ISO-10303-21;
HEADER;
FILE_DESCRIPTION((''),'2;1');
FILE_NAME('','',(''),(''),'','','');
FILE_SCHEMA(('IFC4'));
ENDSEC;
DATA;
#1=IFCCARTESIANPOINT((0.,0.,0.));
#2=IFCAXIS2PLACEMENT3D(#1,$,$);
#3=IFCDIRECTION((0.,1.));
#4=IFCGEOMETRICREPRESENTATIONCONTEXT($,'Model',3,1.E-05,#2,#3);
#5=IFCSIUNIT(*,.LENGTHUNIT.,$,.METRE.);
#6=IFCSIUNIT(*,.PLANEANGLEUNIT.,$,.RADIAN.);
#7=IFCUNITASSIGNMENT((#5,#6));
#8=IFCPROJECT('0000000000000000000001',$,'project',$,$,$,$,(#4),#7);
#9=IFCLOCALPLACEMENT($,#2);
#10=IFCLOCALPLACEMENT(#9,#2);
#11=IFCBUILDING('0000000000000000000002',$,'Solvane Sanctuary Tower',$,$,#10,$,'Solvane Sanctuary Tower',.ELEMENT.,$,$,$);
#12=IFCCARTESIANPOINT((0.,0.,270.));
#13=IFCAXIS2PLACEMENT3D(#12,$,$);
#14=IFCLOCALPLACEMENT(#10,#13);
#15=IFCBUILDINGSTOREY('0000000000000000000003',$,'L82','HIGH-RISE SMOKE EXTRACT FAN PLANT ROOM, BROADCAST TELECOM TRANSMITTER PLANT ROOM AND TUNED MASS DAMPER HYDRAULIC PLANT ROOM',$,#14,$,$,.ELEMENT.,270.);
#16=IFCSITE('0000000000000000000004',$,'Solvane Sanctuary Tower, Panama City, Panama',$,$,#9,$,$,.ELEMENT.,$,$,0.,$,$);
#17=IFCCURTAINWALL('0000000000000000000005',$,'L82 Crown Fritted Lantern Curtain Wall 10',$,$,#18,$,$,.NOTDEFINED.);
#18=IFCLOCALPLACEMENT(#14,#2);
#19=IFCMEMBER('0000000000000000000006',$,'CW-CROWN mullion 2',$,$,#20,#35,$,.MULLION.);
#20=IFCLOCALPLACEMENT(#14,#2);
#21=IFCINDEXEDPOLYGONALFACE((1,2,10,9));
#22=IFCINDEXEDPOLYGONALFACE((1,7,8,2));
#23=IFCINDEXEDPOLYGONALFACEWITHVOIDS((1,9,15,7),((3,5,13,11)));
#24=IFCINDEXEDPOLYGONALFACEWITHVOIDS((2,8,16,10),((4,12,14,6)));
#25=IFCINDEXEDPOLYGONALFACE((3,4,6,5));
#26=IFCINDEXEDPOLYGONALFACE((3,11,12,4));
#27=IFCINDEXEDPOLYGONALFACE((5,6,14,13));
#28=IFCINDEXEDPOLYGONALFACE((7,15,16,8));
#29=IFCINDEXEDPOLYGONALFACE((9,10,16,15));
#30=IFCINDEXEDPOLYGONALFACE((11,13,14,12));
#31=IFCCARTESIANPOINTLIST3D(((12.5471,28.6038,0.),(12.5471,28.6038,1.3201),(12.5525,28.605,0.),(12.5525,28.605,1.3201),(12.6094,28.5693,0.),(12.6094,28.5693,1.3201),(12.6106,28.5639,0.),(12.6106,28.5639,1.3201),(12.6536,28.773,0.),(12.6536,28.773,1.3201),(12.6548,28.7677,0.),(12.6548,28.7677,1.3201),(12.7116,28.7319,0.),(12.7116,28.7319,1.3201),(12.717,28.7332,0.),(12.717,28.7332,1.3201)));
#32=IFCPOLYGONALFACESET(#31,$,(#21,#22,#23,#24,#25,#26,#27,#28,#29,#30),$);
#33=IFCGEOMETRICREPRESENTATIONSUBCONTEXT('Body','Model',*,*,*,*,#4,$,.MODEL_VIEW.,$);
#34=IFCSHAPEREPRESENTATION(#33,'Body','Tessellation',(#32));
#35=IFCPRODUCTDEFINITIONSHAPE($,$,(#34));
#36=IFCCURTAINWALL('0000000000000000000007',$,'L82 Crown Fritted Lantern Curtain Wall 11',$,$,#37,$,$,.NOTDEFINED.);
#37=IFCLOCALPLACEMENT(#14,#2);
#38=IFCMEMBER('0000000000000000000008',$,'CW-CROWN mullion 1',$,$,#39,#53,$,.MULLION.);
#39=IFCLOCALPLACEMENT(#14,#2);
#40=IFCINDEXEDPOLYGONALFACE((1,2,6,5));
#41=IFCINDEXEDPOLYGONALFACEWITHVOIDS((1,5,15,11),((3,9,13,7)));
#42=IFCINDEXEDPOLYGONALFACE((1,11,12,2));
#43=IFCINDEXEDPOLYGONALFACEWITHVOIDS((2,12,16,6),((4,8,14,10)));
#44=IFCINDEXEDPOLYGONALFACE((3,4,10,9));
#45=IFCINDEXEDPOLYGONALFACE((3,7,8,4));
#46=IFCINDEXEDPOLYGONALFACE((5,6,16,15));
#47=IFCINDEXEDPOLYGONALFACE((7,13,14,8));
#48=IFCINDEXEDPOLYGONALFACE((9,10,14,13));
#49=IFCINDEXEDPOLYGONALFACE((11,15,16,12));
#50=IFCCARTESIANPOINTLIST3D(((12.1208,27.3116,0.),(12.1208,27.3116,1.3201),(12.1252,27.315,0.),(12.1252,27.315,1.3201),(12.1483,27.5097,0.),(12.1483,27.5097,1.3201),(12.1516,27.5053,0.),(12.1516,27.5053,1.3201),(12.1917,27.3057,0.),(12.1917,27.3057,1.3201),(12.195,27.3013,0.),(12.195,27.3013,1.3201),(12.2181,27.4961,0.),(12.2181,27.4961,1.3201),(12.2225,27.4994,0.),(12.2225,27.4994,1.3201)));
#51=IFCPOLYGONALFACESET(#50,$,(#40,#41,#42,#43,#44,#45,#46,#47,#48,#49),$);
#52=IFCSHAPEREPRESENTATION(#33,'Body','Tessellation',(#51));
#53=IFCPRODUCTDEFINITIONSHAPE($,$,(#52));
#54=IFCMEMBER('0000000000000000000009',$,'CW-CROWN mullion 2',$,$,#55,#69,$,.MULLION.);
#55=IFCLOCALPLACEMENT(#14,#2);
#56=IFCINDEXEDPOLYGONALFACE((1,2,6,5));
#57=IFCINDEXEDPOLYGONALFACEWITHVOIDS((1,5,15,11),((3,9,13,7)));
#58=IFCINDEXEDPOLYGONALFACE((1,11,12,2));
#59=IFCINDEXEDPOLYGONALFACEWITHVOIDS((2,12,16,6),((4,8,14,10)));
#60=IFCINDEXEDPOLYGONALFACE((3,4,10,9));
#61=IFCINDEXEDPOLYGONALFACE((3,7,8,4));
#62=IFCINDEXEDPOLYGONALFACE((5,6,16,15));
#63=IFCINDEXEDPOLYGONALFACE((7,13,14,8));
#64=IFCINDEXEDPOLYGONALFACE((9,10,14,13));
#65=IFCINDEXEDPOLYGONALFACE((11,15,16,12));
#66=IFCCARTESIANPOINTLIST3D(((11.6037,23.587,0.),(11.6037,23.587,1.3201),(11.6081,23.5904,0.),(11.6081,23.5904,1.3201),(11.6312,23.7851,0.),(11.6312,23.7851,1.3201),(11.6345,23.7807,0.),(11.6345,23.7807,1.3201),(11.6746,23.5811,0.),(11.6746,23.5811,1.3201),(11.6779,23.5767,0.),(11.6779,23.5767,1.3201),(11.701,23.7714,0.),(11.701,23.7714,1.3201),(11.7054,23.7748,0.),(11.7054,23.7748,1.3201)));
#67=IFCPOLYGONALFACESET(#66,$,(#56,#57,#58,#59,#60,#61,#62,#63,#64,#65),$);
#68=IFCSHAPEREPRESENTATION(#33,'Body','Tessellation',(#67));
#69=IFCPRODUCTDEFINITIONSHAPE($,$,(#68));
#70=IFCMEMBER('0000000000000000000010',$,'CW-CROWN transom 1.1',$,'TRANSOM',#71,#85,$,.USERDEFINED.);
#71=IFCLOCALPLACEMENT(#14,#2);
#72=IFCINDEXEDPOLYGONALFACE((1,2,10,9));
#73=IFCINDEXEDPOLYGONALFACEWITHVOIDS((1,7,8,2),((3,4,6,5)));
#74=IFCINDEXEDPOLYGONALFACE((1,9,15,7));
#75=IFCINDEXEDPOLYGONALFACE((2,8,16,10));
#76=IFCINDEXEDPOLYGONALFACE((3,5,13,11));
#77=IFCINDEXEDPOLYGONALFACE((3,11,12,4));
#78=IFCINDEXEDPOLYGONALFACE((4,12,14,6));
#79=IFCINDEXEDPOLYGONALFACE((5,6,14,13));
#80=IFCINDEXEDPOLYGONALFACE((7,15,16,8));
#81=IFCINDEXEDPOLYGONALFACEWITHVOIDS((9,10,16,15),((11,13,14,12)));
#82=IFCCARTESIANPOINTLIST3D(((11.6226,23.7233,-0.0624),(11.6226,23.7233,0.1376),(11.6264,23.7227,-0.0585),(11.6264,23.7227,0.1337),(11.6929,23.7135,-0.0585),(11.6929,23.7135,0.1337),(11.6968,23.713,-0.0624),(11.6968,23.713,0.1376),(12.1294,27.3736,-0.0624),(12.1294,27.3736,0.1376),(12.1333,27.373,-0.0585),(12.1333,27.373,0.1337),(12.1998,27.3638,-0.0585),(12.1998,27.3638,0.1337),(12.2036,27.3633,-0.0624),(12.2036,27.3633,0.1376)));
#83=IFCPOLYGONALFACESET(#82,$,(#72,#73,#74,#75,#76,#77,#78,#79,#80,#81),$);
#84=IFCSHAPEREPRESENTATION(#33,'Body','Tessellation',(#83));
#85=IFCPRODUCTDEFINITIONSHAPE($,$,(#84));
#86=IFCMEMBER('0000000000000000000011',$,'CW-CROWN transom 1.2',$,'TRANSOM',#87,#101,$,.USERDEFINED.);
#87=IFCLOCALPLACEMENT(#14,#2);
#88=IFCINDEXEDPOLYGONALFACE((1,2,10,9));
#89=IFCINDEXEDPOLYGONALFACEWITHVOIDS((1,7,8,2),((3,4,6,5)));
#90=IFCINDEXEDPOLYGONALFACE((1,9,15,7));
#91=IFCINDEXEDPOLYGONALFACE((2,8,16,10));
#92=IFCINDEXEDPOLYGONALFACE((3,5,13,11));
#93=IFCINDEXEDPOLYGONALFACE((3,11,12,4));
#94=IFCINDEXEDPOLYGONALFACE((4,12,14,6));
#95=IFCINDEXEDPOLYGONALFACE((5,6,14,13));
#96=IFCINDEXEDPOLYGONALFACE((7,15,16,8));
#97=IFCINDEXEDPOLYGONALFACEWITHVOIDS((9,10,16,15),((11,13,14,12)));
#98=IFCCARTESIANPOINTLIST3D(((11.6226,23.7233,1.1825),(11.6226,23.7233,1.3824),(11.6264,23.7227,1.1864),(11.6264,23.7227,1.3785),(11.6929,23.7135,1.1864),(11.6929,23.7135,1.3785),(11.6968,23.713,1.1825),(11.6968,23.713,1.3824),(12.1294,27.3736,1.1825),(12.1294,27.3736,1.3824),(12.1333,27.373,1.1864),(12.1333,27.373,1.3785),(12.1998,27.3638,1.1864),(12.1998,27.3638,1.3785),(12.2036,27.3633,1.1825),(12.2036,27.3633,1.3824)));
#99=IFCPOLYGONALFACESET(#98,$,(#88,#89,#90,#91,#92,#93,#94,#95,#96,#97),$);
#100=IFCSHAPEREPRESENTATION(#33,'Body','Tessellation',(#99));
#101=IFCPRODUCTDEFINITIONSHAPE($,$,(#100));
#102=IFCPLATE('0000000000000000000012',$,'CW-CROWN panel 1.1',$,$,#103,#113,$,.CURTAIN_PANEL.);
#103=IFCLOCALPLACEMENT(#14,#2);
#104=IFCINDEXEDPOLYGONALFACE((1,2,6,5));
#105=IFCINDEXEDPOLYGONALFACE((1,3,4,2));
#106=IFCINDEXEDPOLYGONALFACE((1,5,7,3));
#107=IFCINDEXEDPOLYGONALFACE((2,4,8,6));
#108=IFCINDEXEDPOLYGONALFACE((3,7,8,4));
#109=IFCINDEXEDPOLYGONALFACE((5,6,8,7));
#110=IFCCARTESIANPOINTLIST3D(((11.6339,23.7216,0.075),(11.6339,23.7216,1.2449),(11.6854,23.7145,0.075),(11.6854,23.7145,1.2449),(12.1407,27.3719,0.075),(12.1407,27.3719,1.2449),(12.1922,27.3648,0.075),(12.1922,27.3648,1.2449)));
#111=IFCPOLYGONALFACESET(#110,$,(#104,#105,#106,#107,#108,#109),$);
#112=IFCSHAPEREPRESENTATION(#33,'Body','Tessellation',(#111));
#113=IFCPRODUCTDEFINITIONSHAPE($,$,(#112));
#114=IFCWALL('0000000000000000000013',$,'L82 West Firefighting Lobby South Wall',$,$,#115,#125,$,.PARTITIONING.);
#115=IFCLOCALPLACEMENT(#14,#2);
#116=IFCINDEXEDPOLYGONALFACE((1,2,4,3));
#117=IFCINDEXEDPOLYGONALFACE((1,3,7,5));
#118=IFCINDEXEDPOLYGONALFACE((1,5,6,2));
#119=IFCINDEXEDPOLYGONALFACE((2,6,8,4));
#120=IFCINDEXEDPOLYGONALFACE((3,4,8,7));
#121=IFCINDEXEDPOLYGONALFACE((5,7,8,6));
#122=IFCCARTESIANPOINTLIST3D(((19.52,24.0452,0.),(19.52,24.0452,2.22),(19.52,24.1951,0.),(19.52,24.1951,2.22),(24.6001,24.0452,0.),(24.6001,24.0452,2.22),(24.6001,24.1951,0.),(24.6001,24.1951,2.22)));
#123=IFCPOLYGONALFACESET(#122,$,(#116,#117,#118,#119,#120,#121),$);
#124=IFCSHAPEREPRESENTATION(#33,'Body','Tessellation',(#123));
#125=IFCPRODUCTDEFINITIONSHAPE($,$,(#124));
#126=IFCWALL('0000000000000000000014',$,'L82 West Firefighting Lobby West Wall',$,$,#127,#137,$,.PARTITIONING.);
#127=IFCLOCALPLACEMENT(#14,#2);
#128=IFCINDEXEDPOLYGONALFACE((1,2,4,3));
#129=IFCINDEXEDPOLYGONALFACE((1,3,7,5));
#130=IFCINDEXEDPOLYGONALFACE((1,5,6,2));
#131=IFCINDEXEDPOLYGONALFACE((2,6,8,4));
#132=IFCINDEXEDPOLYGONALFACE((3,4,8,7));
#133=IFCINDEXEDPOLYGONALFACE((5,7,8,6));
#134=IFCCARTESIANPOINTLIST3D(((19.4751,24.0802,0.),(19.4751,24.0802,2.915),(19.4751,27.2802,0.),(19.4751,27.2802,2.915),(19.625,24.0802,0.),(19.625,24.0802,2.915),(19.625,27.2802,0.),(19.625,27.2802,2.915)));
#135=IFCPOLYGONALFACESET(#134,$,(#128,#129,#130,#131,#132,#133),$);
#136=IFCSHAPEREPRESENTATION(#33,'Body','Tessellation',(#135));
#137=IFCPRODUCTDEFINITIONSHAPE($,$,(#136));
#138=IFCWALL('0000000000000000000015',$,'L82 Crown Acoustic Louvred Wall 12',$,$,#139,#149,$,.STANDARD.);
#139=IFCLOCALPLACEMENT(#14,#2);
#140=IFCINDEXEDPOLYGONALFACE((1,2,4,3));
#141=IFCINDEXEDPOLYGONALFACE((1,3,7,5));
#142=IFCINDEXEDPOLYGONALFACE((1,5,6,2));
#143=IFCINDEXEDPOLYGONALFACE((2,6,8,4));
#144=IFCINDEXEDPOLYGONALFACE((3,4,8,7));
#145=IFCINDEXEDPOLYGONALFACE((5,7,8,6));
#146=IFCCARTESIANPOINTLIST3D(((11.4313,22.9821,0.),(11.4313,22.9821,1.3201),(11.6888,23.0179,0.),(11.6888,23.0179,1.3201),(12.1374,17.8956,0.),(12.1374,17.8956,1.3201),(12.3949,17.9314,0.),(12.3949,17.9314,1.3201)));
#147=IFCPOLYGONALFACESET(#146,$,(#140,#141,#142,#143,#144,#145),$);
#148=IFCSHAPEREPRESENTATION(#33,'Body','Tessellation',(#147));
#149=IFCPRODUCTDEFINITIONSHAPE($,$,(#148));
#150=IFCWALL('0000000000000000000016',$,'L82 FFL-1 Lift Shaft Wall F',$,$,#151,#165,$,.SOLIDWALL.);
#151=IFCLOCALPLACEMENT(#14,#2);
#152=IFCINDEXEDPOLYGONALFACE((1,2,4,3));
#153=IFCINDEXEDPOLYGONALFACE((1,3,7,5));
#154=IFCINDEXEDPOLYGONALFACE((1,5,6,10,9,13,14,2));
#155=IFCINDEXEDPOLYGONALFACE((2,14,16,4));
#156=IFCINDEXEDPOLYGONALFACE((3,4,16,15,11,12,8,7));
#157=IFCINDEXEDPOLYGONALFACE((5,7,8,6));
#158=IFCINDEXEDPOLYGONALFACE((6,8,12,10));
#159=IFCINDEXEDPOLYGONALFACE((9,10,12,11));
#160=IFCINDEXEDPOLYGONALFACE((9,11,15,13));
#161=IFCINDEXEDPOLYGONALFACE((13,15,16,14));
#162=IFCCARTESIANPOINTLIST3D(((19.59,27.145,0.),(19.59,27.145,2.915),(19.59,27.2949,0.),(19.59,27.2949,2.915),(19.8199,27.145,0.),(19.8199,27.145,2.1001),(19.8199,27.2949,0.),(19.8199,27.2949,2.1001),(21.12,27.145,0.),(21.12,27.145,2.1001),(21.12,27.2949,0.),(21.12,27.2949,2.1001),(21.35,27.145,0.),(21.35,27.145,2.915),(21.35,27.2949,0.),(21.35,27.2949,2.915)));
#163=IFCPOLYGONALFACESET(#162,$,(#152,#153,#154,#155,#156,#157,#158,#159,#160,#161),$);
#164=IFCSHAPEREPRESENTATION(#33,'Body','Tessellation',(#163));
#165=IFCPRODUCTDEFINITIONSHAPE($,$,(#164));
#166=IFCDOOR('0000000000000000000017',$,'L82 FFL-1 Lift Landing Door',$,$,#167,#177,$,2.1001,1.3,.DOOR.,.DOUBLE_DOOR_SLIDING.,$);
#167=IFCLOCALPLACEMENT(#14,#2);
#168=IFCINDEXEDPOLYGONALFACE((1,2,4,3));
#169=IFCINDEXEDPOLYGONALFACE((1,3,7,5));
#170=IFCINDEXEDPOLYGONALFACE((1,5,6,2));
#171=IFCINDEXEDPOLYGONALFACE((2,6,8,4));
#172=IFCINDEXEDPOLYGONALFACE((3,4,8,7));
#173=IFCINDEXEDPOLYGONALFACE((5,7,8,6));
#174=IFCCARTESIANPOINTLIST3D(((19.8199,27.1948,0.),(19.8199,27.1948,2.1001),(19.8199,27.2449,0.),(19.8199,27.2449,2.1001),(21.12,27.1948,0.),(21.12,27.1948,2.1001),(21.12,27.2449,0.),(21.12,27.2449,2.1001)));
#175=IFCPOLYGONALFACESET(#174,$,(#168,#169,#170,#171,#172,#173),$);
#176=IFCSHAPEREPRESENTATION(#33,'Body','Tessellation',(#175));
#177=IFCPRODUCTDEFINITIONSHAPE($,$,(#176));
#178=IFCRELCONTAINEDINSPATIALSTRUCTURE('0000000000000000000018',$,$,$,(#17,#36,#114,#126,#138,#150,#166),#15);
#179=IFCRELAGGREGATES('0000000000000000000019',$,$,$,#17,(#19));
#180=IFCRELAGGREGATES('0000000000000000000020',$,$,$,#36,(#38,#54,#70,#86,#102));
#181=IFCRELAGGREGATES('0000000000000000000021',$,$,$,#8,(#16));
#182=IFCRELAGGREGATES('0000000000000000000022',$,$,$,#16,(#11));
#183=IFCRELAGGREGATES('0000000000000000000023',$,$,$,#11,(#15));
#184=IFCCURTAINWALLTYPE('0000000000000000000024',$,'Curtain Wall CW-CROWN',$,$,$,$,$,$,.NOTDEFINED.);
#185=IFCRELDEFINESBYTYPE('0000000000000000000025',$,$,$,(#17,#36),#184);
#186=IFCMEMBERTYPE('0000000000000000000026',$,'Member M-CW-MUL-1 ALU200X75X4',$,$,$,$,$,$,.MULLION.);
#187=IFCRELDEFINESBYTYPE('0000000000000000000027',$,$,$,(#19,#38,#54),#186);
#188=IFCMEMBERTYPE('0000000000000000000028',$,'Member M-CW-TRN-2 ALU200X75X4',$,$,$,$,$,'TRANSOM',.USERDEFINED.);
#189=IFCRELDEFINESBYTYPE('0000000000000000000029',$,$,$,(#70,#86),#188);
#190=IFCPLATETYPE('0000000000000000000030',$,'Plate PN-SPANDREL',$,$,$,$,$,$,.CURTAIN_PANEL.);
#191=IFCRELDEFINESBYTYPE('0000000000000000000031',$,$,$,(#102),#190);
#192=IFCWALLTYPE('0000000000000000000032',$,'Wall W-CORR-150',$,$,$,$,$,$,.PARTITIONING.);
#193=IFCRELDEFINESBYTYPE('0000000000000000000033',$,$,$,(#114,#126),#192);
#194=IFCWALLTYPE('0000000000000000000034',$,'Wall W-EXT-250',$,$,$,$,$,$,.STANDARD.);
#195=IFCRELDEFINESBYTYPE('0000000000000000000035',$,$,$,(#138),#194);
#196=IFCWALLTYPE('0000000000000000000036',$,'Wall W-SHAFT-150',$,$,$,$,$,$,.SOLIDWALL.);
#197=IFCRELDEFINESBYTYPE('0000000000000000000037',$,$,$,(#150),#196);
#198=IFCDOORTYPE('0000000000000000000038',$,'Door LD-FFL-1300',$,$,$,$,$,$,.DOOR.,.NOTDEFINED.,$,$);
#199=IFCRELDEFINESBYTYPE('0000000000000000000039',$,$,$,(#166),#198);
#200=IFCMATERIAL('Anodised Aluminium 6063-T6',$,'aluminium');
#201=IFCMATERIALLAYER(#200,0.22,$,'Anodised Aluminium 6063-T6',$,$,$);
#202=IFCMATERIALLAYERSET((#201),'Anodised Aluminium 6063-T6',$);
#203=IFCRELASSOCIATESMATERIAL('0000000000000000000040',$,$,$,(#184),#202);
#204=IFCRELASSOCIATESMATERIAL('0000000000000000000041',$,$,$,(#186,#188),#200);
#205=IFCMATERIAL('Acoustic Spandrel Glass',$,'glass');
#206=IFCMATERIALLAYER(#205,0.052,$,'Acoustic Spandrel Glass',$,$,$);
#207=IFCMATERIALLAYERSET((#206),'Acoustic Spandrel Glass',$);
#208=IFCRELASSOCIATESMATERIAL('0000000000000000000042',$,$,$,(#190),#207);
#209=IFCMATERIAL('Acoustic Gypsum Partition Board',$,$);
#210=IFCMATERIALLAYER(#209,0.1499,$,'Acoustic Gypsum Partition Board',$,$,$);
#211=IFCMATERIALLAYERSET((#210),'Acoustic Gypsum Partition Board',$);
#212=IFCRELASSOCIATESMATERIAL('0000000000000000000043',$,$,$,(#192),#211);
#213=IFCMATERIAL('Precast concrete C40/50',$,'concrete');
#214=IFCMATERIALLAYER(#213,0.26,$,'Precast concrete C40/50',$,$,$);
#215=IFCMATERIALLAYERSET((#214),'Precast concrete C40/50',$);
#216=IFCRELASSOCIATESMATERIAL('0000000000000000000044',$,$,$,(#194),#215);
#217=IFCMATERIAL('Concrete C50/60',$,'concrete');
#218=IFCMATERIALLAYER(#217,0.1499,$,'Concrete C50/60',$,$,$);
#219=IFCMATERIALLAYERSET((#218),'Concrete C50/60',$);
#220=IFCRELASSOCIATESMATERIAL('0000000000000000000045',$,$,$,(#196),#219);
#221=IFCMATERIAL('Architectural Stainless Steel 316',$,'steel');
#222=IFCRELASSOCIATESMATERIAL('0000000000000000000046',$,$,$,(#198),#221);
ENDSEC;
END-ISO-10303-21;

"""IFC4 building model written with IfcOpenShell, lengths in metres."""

from ifc_helpers import new_model, si_unit, direction, frame, frame_2d, origin, origin_2d, place, context, subcontext, project, spatial, rectangle, hollow_rectangle, extrude, material, layer, layer_set, material_profile, profile_set, type_object, element, fill, aggregate, save


model = new_model("IFC4")

# Units and contexts
model_context = context("Model", 3, precision=1e-05, world=origin(), true_north=direction((0.0, 1.0)))
body_context = subcontext(model_context, "Body", "Model", "MODEL_VIEW")
ifc_project = project(units=[si_unit("LENGTHUNIT", "METRE"), si_unit("PLANEANGLEUNIT", "RADIAN")], contexts=[model_context])

# Site, building, storey
site_placement = place(None, origin())
site = spatial("IfcSite", under=ifc_project, at=site_placement, Name="Solvane Sanctuary Tower, Panama City, Panama", CompositionType="ELEMENT", RefElevation=0.0)
building_placement = place(site_placement, origin())
building = spatial("IfcBuilding", under=site, at=building_placement, Name="Solvane Sanctuary Tower", LongName="Solvane Sanctuary Tower", CompositionType="ELEMENT")
storey_placement = place(building_placement, frame((0.0, 0.0, 270.0)))
storey = spatial("IfcBuildingStorey", under=building, at=storey_placement, Name="L82", Description="HIGH-RISE SMOKE EXTRACT FAN PLANT ROOM, BROADCAST TELECOM TRANSMITTER PLANT ROOM AND TUNED MASS DAMPER HYDRAULIC PLANT ROOM", CompositionType="ELEMENT", Elevation=270.0)

# Curtain wall, member
ifc_material_1 = material(Name="Anodised Aluminium 6063-T6", Category="aluminium")
ifc_layer_1 = layer(ifc_material_1, 0.22, Name="Anodised Aluminium 6063-T6")
ifc_layer_set_1 = layer_set([ifc_layer_1], Name="Anodised Aluminium 6063-T6")
curtain_wall_type = type_object("IfcCurtainWallType", Name="Curtain Wall CW-CROWN", PredefinedType="NOTDEFINED", material=ifc_layer_set_1)
curtain_wall_1_placement = place(storey_placement, origin())
curtain_wall_1 = element("IfcCurtainWall", 1, at=curtain_wall_1_placement, inside=storey, type_object=curtain_wall_type, Name="L82 Crown Fritted Lantern Curtain Wall 10", PredefinedType="NOTDEFINED")
ifc_material_profile_1 = material_profile(ifc_material_1, hollow_rectangle(XDim=0.075, YDim=0.2, WallThickness=0.0039, at=origin_2d()), Name="ALU200X75X4")
ifc_profile_set_1 = profile_set([ifc_material_profile_1], Name="Anodised Aluminium 6063-T6")
member_type_1 = type_object("IfcMemberType", Name="Member M-CW-MUL-1 ALU200X75X4", PredefinedType="MULLION", material=ifc_profile_set_1)
member_1_placement = place(storey_placement, frame((12.6321, 28.6685, 0.0), z_axis=(0.0, 0.0, 1.0), x_axis=(0.846604, -0.532224, 0.0)))
member_1 = element("IfcMember", 2, at=member_1_placement, type_object=member_type_1, Name="CW-CROWN mullion 2", PredefinedType="MULLION", context=body_context, shape_type="SweptSolid", body=[
    extrude(hollow_rectangle(XDim=0.075, YDim=0.2, WallThickness=0.0039, at=origin_2d()), origin(), (0.0, 0.0, 1.0), 1.3201),
])
aggregate(curtain_wall_1, [member_1])

# Curtain wall, members, plate
curtain_wall_2_placement = place(storey_placement, origin())
curtain_wall_2 = element("IfcCurtainWall", 3, at=curtain_wall_2_placement, inside=storey, type_object=curtain_wall_type, Name="L82 Crown Fritted Lantern Curtain Wall 11", PredefinedType="NOTDEFINED")
member_2_placement = place(storey_placement, frame((12.1716, 27.4055, 0.0), z_axis=(0.0, 0.0, 1.0), x_axis=(0.9905, -0.137514, 0.0)))
member_2 = element("IfcMember", 4, at=member_2_placement, type_object=member_type_1, Name="CW-CROWN mullion 1", PredefinedType="MULLION", context=body_context, shape_type="SweptSolid", body=[
    extrude(hollow_rectangle(XDim=0.075, YDim=0.2, WallThickness=0.0039, at=origin_2d()), origin(), (0.0, 0.0, 1.0), 1.3201),
])
member_3_placement = place(storey_placement, frame((11.6545, 23.6809, 0.0), z_axis=(0.0, 0.0, 1.0), x_axis=(0.9905, -0.137514, 0.0)))
member_3 = element("IfcMember", 5, at=member_3_placement, type_object=member_type_1, Name="CW-CROWN mullion 2", PredefinedType="MULLION", context=body_context, shape_type="SweptSolid", body=[
    extrude(hollow_rectangle(XDim=0.075, YDim=0.2, WallThickness=0.0039, at=origin_2d()), origin(), (0.0, 0.0, 1.0), 1.3201),
])
ifc_material_profile_2 = material_profile(ifc_material_1, hollow_rectangle(XDim=0.075, YDim=0.2, WallThickness=0.0039, at=origin_2d()), Name="ALU200X75X4")
ifc_profile_set_2 = profile_set([ifc_material_profile_2], Name="Anodised Aluminium 6063-T6")
member_type_2 = type_object("IfcMemberType", Name="Member M-CW-TRN-2 ALU200X75X4", ElementType="TRANSOM", PredefinedType="USERDEFINED", material=ifc_profile_set_2)
member_4_placement = place(storey_placement, frame((12.1665, 27.3684, 0.0376), z_axis=(-0.137525, -0.990498, 0.0), x_axis=(0.990498, -0.137525, 0.0)))
member_4 = element("IfcMember", 6, at=member_4_placement, type_object=member_type_2, Name="CW-CROWN transom 1.1", ObjectType="TRANSOM", PredefinedType="USERDEFINED", context=body_context, shape_type="SweptSolid", body=[
    extrude(hollow_rectangle(XDim=0.075, YDim=0.2, WallThickness=0.0039, at=origin_2d()), origin(), (0.0, 0.0, 1.0), 3.6853),
])
member_5_placement = place(storey_placement, frame((12.1665, 27.3684, 1.2825), z_axis=(-0.137525, -0.990498, 0.0), x_axis=(0.990498, -0.137525, 0.0)))
member_5 = element("IfcMember", 7, at=member_5_placement, type_object=member_type_2, Name="CW-CROWN transom 1.2", ObjectType="TRANSOM", PredefinedType="USERDEFINED", context=body_context, shape_type="SweptSolid", body=[
    extrude(hollow_rectangle(XDim=0.075, YDim=0.2, WallThickness=0.0039, at=origin_2d()), origin(), (0.0, 0.0, 1.0), 3.6853),
])
ifc_material_2 = material(Name="Acoustic Spandrel Glass", Category="glass")
ifc_layer_2 = layer(ifc_material_2, 0.052, Name="Acoustic Spandrel Glass")
ifc_layer_set_2 = layer_set([ifc_layer_2], Name="Acoustic Spandrel Glass")
plate_type = type_object("IfcPlateType", Name="Plate PN-SPANDREL", PredefinedType="CURTAIN_PANEL", material=ifc_layer_set_2)
plate_placement = place(storey_placement, frame((11.9131, 25.5432, 0.075), z_axis=(0.0, 0.0, 1.0), x_axis=(-0.137514, -0.9905, 0.0)))
plate = element("IfcPlate", 8, at=plate_placement, type_object=plate_type, Name="CW-CROWN panel 1.1", PredefinedType="CURTAIN_PANEL", context=body_context, shape_type="SweptSolid", body=[
    extrude(rectangle(XDim=3.6853, YDim=0.052, at=origin_2d()), origin(), (0.0, 0.0, 1.0), 1.1699),
])
aggregate(curtain_wall_2, [member_2, member_3, member_4, member_5, plate])

# Walls
ifc_material_3 = material(Name="Acoustic Gypsum Partition Board")
ifc_layer_3 = layer(ifc_material_3, 0.1499, Name="Acoustic Gypsum Partition Board")
ifc_layer_set_3 = layer_set([ifc_layer_3], Name="Acoustic Gypsum Partition Board")
wall_type_1 = type_object("IfcWallType", Name="Wall W-CORR-150", PredefinedType="PARTITIONING", material=ifc_layer_set_3)
wall_1_placement = place(storey_placement, frame((19.52, 24.1201, 0.0), z_axis=(0.0, 0.0, 1.0), x_axis=(1.0, 0.0, 0.0)))
element("IfcWall", 9, at=wall_1_placement, inside=storey, type_object=wall_type_1, Name="L82 West Firefighting Lobby South Wall", PredefinedType="PARTITIONING", context=body_context, shape_type="SweptSolid", body=[
    extrude(rectangle(XDim=5.0801, YDim=0.1499, at=frame_2d((2.54, 0.0))), origin(), (0.0, 0.0, 1.0), 2.22),
])
wall_2_placement = place(storey_placement, frame((19.55, 24.0801, 0.0), z_axis=(0.0, 0.0, 1.0), x_axis=(0.0, 1.0, 0.0)))
element("IfcWall", 10, at=wall_2_placement, inside=storey, type_object=wall_type_1, Name="L82 West Firefighting Lobby West Wall", PredefinedType="PARTITIONING", context=body_context, shape_type="SweptSolid", body=[
    extrude(rectangle(XDim=3.2, YDim=0.1499, at=frame_2d((1.6001, 0.0))), origin(), (0.0, 0.0, 1.0), 2.915),
])
ifc_material_4 = material(Name="Precast concrete C40/50", Category="concrete")
ifc_layer_4 = layer(ifc_material_4, 0.26, Name="Precast concrete C40/50")
ifc_layer_set_4 = layer_set([ifc_layer_4], Name="Precast concrete C40/50")
wall_type_2 = type_object("IfcWallType", Name="Wall W-EXT-250", PredefinedType="STANDARD", material=ifc_layer_set_4)
wall_3_placement = place(storey_placement, frame((11.5601, 23.0, 0.0), z_axis=(0.0, 0.0, 1.0), x_axis=(0.137493, -0.990503, 0.0)))
element("IfcWall", 11, at=wall_3_placement, inside=storey, type_object=wall_type_2, Name="L82 Crown Acoustic Louvred Wall 12", PredefinedType="STANDARD", context=body_context, shape_type="SweptSolid", body=[
    extrude(rectangle(XDim=5.1353, YDim=0.26, at=frame_2d((2.5676, 0.0))), origin(), (0.0, 0.0, 1.0), 1.3201),
])

# Wall, opening, door
ifc_material_5 = material(Name="Concrete C50/60", Category="concrete")
ifc_layer_5 = layer(ifc_material_5, 0.1499, Name="Concrete C50/60")
ifc_layer_set_5 = layer_set([ifc_layer_5], Name="Concrete C50/60")
wall_type_3 = type_object("IfcWallType", Name="Wall W-SHAFT-150", PredefinedType="SOLIDWALL", material=ifc_layer_set_5)
wall_4_placement = place(storey_placement, frame((19.5901, 27.22, 0.0), z_axis=(0.0, 0.0, 1.0), x_axis=(1.0, 0.0, 0.0)))
wall_4 = element("IfcWall", 12, at=wall_4_placement, inside=storey, type_object=wall_type_3, Name="L82 FFL-1 Lift Shaft Wall F", PredefinedType="SOLIDWALL", context=body_context, shape_type="SweptSolid", body=[
    extrude(rectangle(XDim=1.76, YDim=0.1499, at=frame_2d((0.8799, 0.0))), origin(), (0.0, 0.0, 1.0), 2.915),
])
opening_1_placement = place(wall_4_placement, frame((0.23, 0.0, 0.0)))
opening_1 = element("IfcOpeningElement", 13, at=opening_1_placement, cuts=wall_4, PredefinedType="OPENING", context=body_context, shape_type="SweptSolid", body=[
    extrude(rectangle(XDim=1.3, YDim=2.1001, at=frame_2d((0.6499, 1.05))), frame((0.0, 0.085, 0.0), z_axis=(0.0, -1.0, 0.0), x_axis=(1.0, 0.0, 0.0)), (0.0, 0.0, 1.0), 0.1699),
])
ifc_material_6 = material(Name="Architectural Stainless Steel 316", Category="steel")
door_type = type_object("IfcDoorType", Name="Door LD-FFL-1300", OperationType="NOTDEFINED", PredefinedType="DOOR", material=ifc_material_6)
door_1_placement = place(opening_1_placement, origin())
door_1 = element("IfcDoor", 14, at=door_1_placement, inside=storey, type_object=door_type, Name="L82 FFL-1 Lift Landing Door", OperationType="DOUBLE_DOOR_SLIDING", OverallHeight=2.1001, OverallWidth=1.3, PredefinedType="DOOR", context=body_context, shape_type="SweptSolid", body=[
    extrude(rectangle(XDim=1.3, YDim=2.1001, at=frame_2d((0.6499, 1.05))), frame((0.0, 0.0249, 0.0), z_axis=(0.0, -1.0, 0.0), x_axis=(1.0, 0.0, 0.0)), (0.0, 0.0, 1.0), 0.05),
])
fill(opening_1, door_1)

save(model, "model.ifc")
